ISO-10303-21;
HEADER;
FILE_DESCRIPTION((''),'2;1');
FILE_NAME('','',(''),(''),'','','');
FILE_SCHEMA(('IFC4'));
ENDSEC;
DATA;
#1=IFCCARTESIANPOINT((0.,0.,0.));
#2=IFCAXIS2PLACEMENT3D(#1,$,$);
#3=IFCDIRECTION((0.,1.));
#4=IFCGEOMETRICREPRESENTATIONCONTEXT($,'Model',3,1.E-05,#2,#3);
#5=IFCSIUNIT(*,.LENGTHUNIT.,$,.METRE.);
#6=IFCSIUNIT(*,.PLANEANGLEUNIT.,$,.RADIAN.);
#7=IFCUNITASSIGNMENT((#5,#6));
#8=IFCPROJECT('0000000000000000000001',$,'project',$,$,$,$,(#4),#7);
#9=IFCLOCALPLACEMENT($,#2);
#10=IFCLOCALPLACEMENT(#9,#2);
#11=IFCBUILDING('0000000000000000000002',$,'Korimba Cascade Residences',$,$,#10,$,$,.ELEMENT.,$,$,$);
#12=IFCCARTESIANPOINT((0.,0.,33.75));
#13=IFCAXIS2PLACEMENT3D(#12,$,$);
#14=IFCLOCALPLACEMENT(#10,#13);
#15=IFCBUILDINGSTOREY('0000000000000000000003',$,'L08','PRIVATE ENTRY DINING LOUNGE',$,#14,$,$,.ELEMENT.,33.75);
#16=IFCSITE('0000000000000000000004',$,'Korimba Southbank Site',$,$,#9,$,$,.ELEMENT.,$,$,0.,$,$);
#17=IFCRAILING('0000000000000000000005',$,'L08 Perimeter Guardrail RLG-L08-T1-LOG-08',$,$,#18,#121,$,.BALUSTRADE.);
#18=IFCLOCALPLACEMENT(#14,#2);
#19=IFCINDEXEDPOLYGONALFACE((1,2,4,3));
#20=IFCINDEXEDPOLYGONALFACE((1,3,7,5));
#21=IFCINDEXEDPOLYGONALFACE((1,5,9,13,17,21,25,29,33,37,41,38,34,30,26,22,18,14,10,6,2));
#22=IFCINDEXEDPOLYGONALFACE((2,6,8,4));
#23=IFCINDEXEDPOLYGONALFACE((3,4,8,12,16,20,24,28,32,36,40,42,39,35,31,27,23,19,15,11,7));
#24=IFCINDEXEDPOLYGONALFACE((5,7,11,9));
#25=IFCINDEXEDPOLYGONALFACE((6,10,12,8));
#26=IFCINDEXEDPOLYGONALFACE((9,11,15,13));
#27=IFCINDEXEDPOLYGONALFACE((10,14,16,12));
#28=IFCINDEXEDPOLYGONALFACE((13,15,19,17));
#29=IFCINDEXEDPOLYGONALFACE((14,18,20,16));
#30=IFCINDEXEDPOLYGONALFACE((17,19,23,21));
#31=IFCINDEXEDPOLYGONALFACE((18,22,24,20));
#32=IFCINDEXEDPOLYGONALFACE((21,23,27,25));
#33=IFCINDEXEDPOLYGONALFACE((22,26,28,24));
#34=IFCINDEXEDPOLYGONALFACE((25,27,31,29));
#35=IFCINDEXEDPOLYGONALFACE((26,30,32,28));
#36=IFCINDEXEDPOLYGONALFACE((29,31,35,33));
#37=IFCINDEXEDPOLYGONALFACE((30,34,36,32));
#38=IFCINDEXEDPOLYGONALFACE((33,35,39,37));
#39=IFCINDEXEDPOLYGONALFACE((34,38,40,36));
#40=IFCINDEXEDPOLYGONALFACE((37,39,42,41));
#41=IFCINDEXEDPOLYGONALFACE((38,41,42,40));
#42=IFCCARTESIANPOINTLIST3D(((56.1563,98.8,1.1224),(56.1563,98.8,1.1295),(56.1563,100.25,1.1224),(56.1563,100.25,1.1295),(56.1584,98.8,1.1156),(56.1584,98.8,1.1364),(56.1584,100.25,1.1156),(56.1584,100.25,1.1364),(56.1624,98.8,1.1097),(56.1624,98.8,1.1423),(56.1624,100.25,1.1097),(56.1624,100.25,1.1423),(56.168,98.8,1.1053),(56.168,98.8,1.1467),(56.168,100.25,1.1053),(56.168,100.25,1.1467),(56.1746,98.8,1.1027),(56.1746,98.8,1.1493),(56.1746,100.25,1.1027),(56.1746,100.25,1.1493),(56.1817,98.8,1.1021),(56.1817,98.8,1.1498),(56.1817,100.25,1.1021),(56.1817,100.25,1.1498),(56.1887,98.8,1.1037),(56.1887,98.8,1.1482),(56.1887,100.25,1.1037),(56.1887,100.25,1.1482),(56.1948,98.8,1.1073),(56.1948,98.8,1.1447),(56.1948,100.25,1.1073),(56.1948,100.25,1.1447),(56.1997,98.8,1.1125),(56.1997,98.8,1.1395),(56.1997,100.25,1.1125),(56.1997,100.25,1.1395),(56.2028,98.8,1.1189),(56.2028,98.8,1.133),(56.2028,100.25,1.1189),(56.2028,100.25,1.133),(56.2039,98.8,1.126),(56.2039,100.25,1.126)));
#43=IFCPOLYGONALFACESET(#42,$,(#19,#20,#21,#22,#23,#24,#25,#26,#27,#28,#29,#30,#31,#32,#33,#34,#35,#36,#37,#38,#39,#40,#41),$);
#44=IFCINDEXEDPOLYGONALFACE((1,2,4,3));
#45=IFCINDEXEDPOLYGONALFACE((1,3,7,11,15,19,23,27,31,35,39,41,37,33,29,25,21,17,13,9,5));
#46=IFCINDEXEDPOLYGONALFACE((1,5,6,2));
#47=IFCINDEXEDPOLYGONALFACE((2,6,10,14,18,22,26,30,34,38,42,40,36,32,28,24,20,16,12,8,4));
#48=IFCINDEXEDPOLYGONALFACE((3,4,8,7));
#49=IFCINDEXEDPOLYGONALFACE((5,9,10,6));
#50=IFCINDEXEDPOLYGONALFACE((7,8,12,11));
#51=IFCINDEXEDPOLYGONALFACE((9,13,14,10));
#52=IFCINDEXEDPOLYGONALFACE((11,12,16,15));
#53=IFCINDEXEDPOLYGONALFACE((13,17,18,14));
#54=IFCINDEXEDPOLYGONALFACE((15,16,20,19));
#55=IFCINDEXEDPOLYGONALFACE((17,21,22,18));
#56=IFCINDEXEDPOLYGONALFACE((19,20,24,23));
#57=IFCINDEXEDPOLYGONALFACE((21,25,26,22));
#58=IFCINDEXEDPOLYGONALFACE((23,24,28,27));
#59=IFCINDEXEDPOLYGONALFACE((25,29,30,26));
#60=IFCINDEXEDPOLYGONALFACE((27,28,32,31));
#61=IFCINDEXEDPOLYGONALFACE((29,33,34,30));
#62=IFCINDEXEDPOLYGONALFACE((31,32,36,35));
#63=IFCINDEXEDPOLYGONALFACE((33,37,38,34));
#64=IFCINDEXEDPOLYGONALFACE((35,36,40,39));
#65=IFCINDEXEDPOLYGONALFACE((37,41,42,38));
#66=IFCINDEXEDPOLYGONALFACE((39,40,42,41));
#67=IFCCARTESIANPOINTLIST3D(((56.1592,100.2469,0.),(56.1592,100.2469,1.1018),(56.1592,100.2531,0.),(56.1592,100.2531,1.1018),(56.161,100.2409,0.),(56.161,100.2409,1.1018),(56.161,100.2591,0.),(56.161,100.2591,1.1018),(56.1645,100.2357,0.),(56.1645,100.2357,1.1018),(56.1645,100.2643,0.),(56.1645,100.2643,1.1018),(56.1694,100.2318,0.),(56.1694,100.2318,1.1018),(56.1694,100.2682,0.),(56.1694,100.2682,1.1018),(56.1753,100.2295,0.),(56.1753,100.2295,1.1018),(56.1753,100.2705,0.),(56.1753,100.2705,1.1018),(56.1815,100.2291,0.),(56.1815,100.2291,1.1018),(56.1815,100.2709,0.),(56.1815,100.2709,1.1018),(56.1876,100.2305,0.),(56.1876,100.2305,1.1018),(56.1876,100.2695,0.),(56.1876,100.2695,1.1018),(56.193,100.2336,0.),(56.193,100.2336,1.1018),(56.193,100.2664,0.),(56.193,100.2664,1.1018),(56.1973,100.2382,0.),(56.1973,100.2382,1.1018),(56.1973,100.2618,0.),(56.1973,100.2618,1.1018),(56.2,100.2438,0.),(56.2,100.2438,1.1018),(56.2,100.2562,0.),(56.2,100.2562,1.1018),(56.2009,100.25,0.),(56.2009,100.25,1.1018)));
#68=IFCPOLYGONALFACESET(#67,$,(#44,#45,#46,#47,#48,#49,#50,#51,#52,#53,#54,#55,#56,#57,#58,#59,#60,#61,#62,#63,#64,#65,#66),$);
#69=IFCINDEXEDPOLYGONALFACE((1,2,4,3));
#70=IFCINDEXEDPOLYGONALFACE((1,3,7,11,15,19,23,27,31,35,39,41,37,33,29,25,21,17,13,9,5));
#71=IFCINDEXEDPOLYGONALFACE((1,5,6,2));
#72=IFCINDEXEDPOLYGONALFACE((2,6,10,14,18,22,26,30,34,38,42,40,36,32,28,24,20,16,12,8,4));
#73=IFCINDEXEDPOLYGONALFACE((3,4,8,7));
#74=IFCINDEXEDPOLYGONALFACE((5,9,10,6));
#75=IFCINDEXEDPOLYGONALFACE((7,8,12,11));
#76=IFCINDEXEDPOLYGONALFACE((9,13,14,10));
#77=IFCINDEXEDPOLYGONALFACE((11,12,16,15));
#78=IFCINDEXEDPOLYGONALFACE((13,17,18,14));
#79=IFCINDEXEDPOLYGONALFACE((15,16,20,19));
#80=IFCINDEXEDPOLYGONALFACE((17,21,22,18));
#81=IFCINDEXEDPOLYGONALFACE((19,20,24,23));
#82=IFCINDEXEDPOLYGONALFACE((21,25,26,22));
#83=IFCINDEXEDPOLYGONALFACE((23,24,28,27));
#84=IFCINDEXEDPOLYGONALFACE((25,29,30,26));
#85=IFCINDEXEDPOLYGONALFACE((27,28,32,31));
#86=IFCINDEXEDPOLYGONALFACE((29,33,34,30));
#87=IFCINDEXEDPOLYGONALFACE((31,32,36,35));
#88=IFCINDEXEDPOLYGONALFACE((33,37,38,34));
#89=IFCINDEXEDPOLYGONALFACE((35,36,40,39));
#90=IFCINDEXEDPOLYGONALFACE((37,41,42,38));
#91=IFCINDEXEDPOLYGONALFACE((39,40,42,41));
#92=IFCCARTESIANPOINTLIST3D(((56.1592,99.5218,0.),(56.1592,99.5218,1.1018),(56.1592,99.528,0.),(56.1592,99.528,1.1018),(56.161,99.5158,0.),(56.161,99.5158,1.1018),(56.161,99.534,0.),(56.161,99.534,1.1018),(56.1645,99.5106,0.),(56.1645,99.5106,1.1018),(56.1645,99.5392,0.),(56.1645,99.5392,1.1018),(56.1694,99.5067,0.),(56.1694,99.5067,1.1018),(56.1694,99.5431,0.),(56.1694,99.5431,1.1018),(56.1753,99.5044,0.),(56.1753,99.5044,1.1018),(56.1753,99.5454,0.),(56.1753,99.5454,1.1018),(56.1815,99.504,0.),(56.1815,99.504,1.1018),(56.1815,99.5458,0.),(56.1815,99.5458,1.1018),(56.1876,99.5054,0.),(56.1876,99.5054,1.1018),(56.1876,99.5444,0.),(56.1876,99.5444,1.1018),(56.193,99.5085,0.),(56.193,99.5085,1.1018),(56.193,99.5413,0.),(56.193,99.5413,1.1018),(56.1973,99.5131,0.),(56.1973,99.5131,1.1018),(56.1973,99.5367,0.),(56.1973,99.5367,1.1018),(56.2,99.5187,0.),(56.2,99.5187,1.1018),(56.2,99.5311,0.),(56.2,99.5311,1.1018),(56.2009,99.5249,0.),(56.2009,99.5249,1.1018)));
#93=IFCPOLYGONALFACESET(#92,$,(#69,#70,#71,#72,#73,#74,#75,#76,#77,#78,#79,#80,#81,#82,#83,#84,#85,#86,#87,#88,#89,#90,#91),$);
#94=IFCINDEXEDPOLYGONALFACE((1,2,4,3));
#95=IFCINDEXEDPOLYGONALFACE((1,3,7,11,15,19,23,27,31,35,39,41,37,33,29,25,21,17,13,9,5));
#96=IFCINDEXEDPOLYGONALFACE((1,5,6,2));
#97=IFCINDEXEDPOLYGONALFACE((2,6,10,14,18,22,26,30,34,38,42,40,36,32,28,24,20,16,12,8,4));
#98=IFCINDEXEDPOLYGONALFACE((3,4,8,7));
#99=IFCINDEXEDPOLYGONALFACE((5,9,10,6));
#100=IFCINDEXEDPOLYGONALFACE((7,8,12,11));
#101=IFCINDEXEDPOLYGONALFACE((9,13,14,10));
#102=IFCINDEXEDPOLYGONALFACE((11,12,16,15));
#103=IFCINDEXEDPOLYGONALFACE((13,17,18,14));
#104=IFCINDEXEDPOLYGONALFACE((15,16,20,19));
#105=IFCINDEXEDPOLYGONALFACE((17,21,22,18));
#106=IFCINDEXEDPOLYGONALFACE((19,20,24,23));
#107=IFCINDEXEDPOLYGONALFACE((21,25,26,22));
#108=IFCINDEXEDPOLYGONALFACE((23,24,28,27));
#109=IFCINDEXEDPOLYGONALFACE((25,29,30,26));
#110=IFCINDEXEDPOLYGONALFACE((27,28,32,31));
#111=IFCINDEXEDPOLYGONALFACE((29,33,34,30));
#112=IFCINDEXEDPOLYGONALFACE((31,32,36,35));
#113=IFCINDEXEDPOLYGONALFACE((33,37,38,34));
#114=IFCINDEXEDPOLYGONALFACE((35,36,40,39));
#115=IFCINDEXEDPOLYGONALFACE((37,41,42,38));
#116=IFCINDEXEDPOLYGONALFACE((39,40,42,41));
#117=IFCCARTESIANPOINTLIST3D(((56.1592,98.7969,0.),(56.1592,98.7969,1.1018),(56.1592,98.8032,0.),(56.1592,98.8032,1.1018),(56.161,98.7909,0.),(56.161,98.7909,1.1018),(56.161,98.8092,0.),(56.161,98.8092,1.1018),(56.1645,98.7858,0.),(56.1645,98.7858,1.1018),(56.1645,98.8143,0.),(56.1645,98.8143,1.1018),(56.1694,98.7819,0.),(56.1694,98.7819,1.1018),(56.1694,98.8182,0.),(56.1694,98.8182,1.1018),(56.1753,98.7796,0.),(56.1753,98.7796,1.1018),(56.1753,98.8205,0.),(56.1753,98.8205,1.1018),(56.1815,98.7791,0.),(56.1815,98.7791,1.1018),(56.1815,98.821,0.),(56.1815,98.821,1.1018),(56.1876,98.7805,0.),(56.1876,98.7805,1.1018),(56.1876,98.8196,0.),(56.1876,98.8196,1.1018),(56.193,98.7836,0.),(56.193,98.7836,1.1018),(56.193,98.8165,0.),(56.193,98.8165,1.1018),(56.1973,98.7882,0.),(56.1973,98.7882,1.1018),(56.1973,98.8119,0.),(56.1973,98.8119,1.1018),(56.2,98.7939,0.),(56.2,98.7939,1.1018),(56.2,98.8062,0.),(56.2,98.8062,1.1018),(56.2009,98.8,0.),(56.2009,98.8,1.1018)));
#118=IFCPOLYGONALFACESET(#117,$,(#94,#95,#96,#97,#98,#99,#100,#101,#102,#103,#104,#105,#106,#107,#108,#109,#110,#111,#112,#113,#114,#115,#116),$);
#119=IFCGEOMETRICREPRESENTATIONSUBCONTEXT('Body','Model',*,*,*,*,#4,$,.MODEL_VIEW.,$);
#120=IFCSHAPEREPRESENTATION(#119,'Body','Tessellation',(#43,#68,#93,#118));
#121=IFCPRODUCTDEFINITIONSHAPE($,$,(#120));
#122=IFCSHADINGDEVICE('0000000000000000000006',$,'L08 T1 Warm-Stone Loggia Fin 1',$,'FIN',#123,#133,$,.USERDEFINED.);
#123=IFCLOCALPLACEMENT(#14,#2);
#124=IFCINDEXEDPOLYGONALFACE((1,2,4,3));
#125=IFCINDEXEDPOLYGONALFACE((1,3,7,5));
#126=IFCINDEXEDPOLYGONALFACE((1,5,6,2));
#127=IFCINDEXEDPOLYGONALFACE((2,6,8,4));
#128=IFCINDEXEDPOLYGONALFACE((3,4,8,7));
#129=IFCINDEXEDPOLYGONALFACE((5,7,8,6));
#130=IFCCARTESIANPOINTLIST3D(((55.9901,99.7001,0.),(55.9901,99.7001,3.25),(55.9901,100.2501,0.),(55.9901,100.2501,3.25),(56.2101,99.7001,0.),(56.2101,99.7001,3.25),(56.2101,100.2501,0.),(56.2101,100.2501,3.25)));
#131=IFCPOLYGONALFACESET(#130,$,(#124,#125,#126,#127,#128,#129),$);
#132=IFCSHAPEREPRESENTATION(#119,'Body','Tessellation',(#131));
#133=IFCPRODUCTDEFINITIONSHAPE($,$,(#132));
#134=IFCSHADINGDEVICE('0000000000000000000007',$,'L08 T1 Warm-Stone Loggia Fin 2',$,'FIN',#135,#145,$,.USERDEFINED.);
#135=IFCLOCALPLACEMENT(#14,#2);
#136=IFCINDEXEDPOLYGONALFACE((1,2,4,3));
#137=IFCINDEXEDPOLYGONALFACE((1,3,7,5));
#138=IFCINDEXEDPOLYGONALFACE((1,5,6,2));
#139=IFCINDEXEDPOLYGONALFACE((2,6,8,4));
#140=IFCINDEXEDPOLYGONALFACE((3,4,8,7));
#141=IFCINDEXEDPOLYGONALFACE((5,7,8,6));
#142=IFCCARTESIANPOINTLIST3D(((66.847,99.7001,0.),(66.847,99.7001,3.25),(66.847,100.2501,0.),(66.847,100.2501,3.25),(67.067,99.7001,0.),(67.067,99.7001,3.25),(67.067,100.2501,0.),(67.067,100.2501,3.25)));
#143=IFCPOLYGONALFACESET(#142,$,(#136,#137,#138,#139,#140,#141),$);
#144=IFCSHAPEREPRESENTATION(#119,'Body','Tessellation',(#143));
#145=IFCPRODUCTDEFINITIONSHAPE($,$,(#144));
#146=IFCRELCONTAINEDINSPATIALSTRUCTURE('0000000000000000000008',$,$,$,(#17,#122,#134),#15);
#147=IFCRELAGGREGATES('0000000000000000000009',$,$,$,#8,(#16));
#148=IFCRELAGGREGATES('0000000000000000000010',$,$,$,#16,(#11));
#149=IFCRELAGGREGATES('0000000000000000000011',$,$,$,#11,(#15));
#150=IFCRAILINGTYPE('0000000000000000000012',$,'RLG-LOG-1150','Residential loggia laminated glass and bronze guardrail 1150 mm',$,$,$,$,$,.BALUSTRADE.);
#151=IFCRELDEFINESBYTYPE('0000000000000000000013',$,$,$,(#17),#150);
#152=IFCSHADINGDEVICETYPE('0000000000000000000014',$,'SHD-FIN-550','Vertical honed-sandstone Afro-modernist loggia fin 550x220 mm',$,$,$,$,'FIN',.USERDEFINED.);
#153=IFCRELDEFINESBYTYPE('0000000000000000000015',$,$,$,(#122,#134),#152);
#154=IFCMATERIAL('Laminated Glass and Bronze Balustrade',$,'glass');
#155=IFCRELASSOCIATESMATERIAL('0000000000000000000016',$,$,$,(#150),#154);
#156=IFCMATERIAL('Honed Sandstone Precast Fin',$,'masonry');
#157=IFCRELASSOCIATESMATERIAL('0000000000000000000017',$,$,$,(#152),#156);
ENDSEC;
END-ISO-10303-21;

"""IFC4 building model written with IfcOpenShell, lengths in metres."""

from ifc_helpers import new_model, si_unit, direction, frame, origin, origin_2d, place, context, subcontext, project, spatial, rectangle, circle, extrude, material, type_object, element, save


model = new_model("IFC4")

# Units and contexts
model_context = context("Model", 3, precision=1e-05, world=origin(), true_north=direction((0.0, 1.0)))
body_context = subcontext(model_context, "Body", "Model", "MODEL_VIEW")
ifc_project = project(units=[si_unit("LENGTHUNIT", "METRE"), si_unit("PLANEANGLEUNIT", "RADIAN")], contexts=[model_context])

# Site, building, storey
site_placement = place(None, origin())
site = spatial("IfcSite", under=ifc_project, at=site_placement, Name="Korimba Southbank Site", CompositionType="ELEMENT", RefElevation=0.0)
building_placement = place(site_placement, origin())
building = spatial("IfcBuilding", under=site, at=building_placement, Name="Korimba Cascade Residences", CompositionType="ELEMENT")
storey_placement = place(building_placement, frame((0.0, 0.0, 33.75)))
storey = spatial("IfcBuildingStorey", under=building, at=storey_placement, Name="L08", Description="PRIVATE ENTRY DINING LOUNGE", CompositionType="ELEMENT", Elevation=33.75)

# Railing
ifc_material_1 = material(Name="Laminated Glass and Bronze Balustrade", Category="glass")
railing_type = type_object("IfcRailingType", Name="RLG-LOG-1150", Description="Residential loggia laminated glass and bronze guardrail 1150 mm", PredefinedType="BALUSTRADE", material=ifc_material_1)
railing_placement = place(storey_placement, frame((56.1799, 100.25, 0.0)))
element("IfcRailing", 1, at=railing_placement, inside=storey, type_object=railing_type, Name="L08 Perimeter Guardrail RLG-L08-T1-LOG-08", PredefinedType="BALUSTRADE", context=body_context, shape_type="SweptSolid", body=[
    extrude(circle(Radius=0.0239, at=origin_2d()), frame((0.0, 0.0, 1.126), z_axis=(0.0, -1.0, 0.0), x_axis=(1.0, 0.0, 0.0)), (0.0, 0.0, 1.0), 1.45),
    extrude(circle(Radius=0.021, at=origin_2d()), origin(), (0.0, 0.0, 1.0), 1.1018),
    extrude(circle(Radius=0.021, at=origin_2d()), frame((0.0, -0.7251, 0.0)), (0.0, 0.0, 1.0), 1.1018),
    extrude(circle(Radius=0.021, at=origin_2d()), frame((0.0, -1.45, 0.0)), (0.0, 0.0, 1.0), 1.1018),
])

# Shading devices
ifc_material_2 = material(Name="Honed Sandstone Precast Fin", Category="masonry")
shading_device_type = type_object("IfcShadingDeviceType", Name="SHD-FIN-550", Description="Vertical honed-sandstone Afro-modernist loggia fin 550x220 mm", ElementType="FIN", PredefinedType="USERDEFINED", material=ifc_material_2)
for number, where, z_axis, x_axis, name in (
    (2, (56.1001, 99.9751, 0.0), (0.0, 0.0, 1.0), (1.0, 0.0, 0.0), "L08 T1 Warm-Stone Loggia Fin 1"),
    (3, (66.957, 99.9751, 0.0), (0.0, 0.0, 1.0), (1.0, 0.0, 0.0), "L08 T1 Warm-Stone Loggia Fin 2"),
):
    element("IfcShadingDevice", number, at=place(storey_placement, frame(where, z_axis=z_axis, x_axis=x_axis)), inside=storey, type_object=shading_device_type, Name=name, ObjectType="FIN", PredefinedType="USERDEFINED", context=body_context, shape_type="SweptSolid", body=[
        extrude(rectangle(XDim=0.22, YDim=0.55, at=origin_2d()), origin(), (0.0, 0.0, 1.0), 3.25),
    ])

save(model, "model.ifc")
